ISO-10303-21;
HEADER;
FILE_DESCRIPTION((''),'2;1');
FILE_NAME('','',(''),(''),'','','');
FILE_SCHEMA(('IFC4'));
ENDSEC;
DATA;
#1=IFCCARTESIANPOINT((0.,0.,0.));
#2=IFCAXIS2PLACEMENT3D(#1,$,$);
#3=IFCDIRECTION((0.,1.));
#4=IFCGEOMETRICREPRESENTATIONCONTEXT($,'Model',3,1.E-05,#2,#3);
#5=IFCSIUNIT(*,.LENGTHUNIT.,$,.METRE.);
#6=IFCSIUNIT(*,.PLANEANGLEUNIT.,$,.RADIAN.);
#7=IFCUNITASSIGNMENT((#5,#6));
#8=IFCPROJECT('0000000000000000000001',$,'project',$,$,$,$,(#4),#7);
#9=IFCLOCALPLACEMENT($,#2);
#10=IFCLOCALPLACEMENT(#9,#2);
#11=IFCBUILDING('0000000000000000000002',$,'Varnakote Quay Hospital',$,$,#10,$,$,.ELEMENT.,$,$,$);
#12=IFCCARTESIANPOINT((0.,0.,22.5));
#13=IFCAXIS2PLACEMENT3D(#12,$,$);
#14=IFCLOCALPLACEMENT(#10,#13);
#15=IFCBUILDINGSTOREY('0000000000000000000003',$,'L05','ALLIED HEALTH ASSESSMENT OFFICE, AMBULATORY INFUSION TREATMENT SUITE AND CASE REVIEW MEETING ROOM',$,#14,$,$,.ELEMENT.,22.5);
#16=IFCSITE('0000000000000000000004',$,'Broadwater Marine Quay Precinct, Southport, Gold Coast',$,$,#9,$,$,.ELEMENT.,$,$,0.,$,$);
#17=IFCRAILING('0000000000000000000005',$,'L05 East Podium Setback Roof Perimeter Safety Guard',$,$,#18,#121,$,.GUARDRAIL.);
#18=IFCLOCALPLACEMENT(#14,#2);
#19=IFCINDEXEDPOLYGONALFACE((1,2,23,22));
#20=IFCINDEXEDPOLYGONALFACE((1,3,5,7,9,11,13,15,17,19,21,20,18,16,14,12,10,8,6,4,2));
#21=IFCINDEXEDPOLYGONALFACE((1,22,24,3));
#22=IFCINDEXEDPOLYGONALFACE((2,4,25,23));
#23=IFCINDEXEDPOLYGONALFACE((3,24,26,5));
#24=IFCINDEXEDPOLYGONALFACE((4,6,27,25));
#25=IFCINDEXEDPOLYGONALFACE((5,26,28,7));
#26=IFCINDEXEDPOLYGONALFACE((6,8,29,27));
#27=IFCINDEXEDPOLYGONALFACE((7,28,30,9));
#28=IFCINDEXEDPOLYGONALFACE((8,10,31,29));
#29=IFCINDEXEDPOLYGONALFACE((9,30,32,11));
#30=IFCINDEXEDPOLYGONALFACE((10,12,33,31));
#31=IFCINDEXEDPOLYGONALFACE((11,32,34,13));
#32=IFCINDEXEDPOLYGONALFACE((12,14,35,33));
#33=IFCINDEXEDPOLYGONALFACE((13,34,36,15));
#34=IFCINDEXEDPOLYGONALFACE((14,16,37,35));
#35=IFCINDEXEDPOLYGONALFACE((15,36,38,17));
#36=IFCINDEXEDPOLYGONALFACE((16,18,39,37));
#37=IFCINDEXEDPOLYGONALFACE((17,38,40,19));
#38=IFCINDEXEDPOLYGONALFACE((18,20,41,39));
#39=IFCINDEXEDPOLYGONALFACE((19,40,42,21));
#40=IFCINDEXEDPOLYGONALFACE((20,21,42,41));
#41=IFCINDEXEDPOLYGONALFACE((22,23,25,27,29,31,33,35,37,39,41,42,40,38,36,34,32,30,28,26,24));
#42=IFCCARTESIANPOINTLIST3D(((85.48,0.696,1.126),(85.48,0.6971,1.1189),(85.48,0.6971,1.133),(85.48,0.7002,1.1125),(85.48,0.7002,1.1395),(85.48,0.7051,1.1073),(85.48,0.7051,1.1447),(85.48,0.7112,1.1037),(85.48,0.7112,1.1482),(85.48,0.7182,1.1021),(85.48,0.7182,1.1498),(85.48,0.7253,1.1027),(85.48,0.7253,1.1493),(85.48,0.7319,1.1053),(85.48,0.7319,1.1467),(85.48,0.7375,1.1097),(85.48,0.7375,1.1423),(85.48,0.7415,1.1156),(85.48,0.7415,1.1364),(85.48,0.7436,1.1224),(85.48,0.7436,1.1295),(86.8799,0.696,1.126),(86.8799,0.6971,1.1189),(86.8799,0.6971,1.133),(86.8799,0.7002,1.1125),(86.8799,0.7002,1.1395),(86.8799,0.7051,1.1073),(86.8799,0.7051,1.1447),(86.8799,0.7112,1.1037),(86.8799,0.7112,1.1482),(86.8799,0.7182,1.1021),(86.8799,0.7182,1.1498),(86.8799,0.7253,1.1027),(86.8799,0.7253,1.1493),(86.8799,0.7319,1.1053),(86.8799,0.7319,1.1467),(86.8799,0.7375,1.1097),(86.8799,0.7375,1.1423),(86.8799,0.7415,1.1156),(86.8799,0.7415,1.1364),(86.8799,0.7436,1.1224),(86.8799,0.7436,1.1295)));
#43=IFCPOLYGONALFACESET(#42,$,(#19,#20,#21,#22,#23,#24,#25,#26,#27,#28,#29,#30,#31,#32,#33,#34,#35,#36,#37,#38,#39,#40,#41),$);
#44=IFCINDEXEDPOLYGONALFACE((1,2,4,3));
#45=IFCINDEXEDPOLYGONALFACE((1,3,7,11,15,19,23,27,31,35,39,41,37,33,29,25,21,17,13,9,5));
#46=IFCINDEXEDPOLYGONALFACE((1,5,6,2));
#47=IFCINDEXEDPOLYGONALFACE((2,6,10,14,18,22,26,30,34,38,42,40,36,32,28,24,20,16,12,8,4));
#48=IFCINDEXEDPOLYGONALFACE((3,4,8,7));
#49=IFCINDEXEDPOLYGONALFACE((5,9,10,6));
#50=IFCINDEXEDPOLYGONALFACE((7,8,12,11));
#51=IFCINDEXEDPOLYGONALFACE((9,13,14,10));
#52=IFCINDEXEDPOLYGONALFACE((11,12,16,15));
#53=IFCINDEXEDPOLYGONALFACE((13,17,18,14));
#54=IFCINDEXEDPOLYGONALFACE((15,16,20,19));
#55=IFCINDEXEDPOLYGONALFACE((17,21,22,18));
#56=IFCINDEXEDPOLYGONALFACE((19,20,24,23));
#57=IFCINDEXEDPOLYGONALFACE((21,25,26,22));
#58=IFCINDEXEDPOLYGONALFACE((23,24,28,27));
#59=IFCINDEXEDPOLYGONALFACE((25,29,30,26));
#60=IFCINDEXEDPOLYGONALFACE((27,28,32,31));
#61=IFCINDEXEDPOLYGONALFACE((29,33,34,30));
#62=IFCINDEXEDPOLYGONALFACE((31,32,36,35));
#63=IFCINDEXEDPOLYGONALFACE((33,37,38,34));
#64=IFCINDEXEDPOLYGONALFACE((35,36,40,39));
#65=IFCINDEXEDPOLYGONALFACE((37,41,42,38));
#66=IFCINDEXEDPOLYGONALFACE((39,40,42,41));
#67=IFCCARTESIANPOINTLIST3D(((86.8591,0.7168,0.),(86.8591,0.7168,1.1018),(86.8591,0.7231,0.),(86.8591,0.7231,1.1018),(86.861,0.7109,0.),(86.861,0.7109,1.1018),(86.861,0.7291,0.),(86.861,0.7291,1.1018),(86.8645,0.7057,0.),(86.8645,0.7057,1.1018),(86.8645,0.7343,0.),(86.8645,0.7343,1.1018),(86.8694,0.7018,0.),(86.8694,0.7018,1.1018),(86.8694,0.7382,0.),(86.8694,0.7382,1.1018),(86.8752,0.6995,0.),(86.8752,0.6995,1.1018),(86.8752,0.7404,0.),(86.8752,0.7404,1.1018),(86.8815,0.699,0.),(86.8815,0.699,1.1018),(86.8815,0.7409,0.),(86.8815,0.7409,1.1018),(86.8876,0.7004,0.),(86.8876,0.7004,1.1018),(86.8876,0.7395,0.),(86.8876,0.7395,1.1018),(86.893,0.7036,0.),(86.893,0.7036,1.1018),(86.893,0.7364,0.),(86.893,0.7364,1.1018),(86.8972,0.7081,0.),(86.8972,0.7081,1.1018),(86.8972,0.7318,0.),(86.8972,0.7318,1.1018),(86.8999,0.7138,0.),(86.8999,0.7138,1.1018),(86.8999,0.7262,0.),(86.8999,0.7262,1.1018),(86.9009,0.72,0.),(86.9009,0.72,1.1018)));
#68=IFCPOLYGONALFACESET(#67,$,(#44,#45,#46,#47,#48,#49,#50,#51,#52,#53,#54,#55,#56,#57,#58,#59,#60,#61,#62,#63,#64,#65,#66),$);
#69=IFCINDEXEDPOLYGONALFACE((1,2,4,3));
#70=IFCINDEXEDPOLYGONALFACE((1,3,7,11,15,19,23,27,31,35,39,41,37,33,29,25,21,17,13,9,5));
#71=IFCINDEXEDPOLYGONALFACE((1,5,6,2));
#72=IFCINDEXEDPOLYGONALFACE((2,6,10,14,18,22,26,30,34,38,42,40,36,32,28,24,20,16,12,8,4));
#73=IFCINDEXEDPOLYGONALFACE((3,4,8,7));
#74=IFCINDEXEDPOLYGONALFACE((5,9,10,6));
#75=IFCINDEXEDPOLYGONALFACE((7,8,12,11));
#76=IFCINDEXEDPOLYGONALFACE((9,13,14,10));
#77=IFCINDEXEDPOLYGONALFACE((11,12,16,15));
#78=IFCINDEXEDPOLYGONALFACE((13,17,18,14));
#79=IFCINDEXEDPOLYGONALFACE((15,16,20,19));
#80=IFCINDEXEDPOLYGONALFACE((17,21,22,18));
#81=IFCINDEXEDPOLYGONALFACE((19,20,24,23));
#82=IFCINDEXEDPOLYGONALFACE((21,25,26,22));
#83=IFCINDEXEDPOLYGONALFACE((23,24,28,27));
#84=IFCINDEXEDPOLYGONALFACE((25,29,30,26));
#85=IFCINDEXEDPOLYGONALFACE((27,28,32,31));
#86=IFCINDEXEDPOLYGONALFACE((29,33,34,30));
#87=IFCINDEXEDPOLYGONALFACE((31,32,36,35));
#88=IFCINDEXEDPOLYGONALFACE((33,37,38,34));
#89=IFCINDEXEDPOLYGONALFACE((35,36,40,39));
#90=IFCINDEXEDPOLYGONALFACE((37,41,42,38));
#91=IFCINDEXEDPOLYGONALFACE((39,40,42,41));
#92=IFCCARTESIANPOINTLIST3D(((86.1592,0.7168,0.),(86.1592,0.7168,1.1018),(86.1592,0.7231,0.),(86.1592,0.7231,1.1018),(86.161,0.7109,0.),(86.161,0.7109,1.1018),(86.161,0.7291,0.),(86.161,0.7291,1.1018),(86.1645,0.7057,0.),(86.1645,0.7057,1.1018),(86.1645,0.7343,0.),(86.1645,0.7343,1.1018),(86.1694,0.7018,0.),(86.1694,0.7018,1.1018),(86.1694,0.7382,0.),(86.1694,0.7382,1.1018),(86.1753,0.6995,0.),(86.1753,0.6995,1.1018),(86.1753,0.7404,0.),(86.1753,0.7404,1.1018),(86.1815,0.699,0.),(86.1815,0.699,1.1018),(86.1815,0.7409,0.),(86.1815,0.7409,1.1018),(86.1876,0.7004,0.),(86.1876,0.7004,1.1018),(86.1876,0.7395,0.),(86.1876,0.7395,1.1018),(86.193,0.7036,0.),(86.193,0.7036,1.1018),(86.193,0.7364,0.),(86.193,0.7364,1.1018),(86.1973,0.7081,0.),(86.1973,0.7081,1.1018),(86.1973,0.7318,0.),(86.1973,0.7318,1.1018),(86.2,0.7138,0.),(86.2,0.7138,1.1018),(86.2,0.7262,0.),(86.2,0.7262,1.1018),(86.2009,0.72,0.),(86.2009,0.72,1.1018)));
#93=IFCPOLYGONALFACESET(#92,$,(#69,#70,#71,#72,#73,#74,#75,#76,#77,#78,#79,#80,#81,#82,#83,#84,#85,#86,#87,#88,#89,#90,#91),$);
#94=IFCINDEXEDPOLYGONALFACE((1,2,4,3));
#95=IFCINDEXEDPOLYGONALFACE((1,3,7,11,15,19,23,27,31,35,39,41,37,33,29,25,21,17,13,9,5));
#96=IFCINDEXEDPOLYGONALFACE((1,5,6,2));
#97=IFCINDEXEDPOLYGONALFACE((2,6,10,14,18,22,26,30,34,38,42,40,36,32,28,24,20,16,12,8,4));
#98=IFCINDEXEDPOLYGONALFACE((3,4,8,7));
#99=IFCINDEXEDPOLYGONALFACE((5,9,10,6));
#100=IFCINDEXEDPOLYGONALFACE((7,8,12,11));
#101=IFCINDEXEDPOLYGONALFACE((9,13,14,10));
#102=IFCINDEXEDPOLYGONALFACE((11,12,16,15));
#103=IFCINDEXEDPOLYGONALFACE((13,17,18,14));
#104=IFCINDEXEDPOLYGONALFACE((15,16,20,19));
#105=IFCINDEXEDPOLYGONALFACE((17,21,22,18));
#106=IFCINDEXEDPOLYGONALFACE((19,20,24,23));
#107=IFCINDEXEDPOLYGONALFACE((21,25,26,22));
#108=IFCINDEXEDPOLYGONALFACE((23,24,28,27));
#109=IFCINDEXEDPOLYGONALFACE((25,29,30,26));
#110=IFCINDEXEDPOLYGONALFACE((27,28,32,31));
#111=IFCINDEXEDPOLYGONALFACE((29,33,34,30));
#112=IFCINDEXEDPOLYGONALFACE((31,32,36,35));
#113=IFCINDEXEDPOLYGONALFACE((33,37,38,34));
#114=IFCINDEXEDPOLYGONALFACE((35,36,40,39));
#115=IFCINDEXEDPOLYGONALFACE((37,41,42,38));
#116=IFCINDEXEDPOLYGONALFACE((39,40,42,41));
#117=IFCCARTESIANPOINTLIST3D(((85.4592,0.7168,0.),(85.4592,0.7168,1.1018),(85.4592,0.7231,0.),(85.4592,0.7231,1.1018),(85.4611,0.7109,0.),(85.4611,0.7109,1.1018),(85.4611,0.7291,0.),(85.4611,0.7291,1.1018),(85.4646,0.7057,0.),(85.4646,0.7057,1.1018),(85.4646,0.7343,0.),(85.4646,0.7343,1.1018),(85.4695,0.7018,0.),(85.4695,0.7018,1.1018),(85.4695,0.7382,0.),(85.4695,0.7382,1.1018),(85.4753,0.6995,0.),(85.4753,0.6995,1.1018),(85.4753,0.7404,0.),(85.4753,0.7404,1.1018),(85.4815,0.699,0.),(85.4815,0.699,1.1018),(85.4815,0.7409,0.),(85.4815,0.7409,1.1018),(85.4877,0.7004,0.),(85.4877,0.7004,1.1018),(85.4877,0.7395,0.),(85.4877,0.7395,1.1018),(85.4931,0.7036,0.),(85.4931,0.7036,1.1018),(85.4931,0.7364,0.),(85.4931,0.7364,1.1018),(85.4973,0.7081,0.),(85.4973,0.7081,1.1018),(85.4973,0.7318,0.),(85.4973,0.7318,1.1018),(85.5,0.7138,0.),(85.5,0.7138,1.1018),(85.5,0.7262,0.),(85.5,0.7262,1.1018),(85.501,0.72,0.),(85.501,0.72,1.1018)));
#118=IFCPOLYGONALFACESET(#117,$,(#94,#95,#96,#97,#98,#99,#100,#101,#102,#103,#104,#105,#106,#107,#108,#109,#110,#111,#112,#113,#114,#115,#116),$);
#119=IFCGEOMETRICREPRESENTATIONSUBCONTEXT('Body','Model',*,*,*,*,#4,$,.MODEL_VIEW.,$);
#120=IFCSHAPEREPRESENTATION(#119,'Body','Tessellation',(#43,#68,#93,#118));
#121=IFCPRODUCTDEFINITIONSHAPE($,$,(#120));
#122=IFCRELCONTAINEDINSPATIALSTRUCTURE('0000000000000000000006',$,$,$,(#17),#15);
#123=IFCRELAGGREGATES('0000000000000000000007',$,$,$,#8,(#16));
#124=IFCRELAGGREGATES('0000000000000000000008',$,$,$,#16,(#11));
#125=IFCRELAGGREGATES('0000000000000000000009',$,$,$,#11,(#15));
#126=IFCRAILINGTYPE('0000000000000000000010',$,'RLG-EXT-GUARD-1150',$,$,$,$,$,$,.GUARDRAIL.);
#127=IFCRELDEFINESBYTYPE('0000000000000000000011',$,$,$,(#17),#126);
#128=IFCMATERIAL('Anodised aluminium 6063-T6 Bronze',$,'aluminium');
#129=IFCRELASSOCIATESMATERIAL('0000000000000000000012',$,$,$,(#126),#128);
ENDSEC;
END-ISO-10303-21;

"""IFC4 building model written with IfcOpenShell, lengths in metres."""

from ifc_helpers import new_model, si_unit, direction, frame, origin, origin_2d, place, context, subcontext, project, spatial, circle, extrude, material, type_object, element, save


model = new_model("IFC4")

# Units and contexts
model_context = context("Model", 3, precision=1e-05, world=origin(), true_north=direction((0.0, 1.0)))
body_context = subcontext(model_context, "Body", "Model", "MODEL_VIEW")
ifc_project = project(units=[si_unit("LENGTHUNIT", "METRE"), si_unit("PLANEANGLEUNIT", "RADIAN")], contexts=[model_context])

# Site, building, storey
site_placement = place(None, origin())
site = spatial("IfcSite", under=ifc_project, at=site_placement, Name="Broadwater Marine Quay Precinct, Southport, Gold Coast", CompositionType="ELEMENT", RefElevation=0.0)
building_placement = place(site_placement, origin())
building = spatial("IfcBuilding", under=site, at=building_placement, Name="Varnakote Quay Hospital", CompositionType="ELEMENT")
storey_placement = place(building_placement, frame((0.0, 0.0, 22.5)))
storey = spatial("IfcBuildingStorey", under=building, at=storey_placement, Name="L05", Description="ALLIED HEALTH ASSESSMENT OFFICE, AMBULATORY INFUSION TREATMENT SUITE AND CASE REVIEW MEETING ROOM", CompositionType="ELEMENT", Elevation=22.5)

# Railing
ifc_material_1 = material(Name="Anodised aluminium 6063-T6 Bronze", Category="aluminium")
railing_type = type_object("IfcRailingType", Name="RLG-EXT-GUARD-1150", PredefinedType="GUARDRAIL", material=ifc_material_1)
railing_1_placement = place(storey_placement, frame((86.8799, 0.72, 0.0)))
element("IfcRailing", 1, at=railing_1_placement, inside=storey, type_object=railing_type, Name="L05 East Podium Setback Roof Perimeter Safety Guard", PredefinedType="GUARDRAIL", context=body_context, shape_type="SweptSolid", body=[
    extrude(circle(Radius=0.0239, at=origin_2d()), frame((0.0, 0.0, 1.126), z_axis=(-1.0, 0.0, 0.0), x_axis=(0.0, -1.0, 0.0)), (0.0, 0.0, 1.0), 1.3999),
    extrude(circle(Radius=0.021, at=origin_2d()), origin(), (0.0, 0.0, 1.0), 1.1018),
    extrude(circle(Radius=0.021, at=origin_2d()), frame((-0.7, 0.0, 0.0)), (0.0, 0.0, 1.0), 1.1018),
    extrude(circle(Radius=0.021, at=origin_2d()), frame((-1.3999, 0.0, 0.0)), (0.0, 0.0, 1.0), 1.1018),
])

save(model, "model.ifc")
